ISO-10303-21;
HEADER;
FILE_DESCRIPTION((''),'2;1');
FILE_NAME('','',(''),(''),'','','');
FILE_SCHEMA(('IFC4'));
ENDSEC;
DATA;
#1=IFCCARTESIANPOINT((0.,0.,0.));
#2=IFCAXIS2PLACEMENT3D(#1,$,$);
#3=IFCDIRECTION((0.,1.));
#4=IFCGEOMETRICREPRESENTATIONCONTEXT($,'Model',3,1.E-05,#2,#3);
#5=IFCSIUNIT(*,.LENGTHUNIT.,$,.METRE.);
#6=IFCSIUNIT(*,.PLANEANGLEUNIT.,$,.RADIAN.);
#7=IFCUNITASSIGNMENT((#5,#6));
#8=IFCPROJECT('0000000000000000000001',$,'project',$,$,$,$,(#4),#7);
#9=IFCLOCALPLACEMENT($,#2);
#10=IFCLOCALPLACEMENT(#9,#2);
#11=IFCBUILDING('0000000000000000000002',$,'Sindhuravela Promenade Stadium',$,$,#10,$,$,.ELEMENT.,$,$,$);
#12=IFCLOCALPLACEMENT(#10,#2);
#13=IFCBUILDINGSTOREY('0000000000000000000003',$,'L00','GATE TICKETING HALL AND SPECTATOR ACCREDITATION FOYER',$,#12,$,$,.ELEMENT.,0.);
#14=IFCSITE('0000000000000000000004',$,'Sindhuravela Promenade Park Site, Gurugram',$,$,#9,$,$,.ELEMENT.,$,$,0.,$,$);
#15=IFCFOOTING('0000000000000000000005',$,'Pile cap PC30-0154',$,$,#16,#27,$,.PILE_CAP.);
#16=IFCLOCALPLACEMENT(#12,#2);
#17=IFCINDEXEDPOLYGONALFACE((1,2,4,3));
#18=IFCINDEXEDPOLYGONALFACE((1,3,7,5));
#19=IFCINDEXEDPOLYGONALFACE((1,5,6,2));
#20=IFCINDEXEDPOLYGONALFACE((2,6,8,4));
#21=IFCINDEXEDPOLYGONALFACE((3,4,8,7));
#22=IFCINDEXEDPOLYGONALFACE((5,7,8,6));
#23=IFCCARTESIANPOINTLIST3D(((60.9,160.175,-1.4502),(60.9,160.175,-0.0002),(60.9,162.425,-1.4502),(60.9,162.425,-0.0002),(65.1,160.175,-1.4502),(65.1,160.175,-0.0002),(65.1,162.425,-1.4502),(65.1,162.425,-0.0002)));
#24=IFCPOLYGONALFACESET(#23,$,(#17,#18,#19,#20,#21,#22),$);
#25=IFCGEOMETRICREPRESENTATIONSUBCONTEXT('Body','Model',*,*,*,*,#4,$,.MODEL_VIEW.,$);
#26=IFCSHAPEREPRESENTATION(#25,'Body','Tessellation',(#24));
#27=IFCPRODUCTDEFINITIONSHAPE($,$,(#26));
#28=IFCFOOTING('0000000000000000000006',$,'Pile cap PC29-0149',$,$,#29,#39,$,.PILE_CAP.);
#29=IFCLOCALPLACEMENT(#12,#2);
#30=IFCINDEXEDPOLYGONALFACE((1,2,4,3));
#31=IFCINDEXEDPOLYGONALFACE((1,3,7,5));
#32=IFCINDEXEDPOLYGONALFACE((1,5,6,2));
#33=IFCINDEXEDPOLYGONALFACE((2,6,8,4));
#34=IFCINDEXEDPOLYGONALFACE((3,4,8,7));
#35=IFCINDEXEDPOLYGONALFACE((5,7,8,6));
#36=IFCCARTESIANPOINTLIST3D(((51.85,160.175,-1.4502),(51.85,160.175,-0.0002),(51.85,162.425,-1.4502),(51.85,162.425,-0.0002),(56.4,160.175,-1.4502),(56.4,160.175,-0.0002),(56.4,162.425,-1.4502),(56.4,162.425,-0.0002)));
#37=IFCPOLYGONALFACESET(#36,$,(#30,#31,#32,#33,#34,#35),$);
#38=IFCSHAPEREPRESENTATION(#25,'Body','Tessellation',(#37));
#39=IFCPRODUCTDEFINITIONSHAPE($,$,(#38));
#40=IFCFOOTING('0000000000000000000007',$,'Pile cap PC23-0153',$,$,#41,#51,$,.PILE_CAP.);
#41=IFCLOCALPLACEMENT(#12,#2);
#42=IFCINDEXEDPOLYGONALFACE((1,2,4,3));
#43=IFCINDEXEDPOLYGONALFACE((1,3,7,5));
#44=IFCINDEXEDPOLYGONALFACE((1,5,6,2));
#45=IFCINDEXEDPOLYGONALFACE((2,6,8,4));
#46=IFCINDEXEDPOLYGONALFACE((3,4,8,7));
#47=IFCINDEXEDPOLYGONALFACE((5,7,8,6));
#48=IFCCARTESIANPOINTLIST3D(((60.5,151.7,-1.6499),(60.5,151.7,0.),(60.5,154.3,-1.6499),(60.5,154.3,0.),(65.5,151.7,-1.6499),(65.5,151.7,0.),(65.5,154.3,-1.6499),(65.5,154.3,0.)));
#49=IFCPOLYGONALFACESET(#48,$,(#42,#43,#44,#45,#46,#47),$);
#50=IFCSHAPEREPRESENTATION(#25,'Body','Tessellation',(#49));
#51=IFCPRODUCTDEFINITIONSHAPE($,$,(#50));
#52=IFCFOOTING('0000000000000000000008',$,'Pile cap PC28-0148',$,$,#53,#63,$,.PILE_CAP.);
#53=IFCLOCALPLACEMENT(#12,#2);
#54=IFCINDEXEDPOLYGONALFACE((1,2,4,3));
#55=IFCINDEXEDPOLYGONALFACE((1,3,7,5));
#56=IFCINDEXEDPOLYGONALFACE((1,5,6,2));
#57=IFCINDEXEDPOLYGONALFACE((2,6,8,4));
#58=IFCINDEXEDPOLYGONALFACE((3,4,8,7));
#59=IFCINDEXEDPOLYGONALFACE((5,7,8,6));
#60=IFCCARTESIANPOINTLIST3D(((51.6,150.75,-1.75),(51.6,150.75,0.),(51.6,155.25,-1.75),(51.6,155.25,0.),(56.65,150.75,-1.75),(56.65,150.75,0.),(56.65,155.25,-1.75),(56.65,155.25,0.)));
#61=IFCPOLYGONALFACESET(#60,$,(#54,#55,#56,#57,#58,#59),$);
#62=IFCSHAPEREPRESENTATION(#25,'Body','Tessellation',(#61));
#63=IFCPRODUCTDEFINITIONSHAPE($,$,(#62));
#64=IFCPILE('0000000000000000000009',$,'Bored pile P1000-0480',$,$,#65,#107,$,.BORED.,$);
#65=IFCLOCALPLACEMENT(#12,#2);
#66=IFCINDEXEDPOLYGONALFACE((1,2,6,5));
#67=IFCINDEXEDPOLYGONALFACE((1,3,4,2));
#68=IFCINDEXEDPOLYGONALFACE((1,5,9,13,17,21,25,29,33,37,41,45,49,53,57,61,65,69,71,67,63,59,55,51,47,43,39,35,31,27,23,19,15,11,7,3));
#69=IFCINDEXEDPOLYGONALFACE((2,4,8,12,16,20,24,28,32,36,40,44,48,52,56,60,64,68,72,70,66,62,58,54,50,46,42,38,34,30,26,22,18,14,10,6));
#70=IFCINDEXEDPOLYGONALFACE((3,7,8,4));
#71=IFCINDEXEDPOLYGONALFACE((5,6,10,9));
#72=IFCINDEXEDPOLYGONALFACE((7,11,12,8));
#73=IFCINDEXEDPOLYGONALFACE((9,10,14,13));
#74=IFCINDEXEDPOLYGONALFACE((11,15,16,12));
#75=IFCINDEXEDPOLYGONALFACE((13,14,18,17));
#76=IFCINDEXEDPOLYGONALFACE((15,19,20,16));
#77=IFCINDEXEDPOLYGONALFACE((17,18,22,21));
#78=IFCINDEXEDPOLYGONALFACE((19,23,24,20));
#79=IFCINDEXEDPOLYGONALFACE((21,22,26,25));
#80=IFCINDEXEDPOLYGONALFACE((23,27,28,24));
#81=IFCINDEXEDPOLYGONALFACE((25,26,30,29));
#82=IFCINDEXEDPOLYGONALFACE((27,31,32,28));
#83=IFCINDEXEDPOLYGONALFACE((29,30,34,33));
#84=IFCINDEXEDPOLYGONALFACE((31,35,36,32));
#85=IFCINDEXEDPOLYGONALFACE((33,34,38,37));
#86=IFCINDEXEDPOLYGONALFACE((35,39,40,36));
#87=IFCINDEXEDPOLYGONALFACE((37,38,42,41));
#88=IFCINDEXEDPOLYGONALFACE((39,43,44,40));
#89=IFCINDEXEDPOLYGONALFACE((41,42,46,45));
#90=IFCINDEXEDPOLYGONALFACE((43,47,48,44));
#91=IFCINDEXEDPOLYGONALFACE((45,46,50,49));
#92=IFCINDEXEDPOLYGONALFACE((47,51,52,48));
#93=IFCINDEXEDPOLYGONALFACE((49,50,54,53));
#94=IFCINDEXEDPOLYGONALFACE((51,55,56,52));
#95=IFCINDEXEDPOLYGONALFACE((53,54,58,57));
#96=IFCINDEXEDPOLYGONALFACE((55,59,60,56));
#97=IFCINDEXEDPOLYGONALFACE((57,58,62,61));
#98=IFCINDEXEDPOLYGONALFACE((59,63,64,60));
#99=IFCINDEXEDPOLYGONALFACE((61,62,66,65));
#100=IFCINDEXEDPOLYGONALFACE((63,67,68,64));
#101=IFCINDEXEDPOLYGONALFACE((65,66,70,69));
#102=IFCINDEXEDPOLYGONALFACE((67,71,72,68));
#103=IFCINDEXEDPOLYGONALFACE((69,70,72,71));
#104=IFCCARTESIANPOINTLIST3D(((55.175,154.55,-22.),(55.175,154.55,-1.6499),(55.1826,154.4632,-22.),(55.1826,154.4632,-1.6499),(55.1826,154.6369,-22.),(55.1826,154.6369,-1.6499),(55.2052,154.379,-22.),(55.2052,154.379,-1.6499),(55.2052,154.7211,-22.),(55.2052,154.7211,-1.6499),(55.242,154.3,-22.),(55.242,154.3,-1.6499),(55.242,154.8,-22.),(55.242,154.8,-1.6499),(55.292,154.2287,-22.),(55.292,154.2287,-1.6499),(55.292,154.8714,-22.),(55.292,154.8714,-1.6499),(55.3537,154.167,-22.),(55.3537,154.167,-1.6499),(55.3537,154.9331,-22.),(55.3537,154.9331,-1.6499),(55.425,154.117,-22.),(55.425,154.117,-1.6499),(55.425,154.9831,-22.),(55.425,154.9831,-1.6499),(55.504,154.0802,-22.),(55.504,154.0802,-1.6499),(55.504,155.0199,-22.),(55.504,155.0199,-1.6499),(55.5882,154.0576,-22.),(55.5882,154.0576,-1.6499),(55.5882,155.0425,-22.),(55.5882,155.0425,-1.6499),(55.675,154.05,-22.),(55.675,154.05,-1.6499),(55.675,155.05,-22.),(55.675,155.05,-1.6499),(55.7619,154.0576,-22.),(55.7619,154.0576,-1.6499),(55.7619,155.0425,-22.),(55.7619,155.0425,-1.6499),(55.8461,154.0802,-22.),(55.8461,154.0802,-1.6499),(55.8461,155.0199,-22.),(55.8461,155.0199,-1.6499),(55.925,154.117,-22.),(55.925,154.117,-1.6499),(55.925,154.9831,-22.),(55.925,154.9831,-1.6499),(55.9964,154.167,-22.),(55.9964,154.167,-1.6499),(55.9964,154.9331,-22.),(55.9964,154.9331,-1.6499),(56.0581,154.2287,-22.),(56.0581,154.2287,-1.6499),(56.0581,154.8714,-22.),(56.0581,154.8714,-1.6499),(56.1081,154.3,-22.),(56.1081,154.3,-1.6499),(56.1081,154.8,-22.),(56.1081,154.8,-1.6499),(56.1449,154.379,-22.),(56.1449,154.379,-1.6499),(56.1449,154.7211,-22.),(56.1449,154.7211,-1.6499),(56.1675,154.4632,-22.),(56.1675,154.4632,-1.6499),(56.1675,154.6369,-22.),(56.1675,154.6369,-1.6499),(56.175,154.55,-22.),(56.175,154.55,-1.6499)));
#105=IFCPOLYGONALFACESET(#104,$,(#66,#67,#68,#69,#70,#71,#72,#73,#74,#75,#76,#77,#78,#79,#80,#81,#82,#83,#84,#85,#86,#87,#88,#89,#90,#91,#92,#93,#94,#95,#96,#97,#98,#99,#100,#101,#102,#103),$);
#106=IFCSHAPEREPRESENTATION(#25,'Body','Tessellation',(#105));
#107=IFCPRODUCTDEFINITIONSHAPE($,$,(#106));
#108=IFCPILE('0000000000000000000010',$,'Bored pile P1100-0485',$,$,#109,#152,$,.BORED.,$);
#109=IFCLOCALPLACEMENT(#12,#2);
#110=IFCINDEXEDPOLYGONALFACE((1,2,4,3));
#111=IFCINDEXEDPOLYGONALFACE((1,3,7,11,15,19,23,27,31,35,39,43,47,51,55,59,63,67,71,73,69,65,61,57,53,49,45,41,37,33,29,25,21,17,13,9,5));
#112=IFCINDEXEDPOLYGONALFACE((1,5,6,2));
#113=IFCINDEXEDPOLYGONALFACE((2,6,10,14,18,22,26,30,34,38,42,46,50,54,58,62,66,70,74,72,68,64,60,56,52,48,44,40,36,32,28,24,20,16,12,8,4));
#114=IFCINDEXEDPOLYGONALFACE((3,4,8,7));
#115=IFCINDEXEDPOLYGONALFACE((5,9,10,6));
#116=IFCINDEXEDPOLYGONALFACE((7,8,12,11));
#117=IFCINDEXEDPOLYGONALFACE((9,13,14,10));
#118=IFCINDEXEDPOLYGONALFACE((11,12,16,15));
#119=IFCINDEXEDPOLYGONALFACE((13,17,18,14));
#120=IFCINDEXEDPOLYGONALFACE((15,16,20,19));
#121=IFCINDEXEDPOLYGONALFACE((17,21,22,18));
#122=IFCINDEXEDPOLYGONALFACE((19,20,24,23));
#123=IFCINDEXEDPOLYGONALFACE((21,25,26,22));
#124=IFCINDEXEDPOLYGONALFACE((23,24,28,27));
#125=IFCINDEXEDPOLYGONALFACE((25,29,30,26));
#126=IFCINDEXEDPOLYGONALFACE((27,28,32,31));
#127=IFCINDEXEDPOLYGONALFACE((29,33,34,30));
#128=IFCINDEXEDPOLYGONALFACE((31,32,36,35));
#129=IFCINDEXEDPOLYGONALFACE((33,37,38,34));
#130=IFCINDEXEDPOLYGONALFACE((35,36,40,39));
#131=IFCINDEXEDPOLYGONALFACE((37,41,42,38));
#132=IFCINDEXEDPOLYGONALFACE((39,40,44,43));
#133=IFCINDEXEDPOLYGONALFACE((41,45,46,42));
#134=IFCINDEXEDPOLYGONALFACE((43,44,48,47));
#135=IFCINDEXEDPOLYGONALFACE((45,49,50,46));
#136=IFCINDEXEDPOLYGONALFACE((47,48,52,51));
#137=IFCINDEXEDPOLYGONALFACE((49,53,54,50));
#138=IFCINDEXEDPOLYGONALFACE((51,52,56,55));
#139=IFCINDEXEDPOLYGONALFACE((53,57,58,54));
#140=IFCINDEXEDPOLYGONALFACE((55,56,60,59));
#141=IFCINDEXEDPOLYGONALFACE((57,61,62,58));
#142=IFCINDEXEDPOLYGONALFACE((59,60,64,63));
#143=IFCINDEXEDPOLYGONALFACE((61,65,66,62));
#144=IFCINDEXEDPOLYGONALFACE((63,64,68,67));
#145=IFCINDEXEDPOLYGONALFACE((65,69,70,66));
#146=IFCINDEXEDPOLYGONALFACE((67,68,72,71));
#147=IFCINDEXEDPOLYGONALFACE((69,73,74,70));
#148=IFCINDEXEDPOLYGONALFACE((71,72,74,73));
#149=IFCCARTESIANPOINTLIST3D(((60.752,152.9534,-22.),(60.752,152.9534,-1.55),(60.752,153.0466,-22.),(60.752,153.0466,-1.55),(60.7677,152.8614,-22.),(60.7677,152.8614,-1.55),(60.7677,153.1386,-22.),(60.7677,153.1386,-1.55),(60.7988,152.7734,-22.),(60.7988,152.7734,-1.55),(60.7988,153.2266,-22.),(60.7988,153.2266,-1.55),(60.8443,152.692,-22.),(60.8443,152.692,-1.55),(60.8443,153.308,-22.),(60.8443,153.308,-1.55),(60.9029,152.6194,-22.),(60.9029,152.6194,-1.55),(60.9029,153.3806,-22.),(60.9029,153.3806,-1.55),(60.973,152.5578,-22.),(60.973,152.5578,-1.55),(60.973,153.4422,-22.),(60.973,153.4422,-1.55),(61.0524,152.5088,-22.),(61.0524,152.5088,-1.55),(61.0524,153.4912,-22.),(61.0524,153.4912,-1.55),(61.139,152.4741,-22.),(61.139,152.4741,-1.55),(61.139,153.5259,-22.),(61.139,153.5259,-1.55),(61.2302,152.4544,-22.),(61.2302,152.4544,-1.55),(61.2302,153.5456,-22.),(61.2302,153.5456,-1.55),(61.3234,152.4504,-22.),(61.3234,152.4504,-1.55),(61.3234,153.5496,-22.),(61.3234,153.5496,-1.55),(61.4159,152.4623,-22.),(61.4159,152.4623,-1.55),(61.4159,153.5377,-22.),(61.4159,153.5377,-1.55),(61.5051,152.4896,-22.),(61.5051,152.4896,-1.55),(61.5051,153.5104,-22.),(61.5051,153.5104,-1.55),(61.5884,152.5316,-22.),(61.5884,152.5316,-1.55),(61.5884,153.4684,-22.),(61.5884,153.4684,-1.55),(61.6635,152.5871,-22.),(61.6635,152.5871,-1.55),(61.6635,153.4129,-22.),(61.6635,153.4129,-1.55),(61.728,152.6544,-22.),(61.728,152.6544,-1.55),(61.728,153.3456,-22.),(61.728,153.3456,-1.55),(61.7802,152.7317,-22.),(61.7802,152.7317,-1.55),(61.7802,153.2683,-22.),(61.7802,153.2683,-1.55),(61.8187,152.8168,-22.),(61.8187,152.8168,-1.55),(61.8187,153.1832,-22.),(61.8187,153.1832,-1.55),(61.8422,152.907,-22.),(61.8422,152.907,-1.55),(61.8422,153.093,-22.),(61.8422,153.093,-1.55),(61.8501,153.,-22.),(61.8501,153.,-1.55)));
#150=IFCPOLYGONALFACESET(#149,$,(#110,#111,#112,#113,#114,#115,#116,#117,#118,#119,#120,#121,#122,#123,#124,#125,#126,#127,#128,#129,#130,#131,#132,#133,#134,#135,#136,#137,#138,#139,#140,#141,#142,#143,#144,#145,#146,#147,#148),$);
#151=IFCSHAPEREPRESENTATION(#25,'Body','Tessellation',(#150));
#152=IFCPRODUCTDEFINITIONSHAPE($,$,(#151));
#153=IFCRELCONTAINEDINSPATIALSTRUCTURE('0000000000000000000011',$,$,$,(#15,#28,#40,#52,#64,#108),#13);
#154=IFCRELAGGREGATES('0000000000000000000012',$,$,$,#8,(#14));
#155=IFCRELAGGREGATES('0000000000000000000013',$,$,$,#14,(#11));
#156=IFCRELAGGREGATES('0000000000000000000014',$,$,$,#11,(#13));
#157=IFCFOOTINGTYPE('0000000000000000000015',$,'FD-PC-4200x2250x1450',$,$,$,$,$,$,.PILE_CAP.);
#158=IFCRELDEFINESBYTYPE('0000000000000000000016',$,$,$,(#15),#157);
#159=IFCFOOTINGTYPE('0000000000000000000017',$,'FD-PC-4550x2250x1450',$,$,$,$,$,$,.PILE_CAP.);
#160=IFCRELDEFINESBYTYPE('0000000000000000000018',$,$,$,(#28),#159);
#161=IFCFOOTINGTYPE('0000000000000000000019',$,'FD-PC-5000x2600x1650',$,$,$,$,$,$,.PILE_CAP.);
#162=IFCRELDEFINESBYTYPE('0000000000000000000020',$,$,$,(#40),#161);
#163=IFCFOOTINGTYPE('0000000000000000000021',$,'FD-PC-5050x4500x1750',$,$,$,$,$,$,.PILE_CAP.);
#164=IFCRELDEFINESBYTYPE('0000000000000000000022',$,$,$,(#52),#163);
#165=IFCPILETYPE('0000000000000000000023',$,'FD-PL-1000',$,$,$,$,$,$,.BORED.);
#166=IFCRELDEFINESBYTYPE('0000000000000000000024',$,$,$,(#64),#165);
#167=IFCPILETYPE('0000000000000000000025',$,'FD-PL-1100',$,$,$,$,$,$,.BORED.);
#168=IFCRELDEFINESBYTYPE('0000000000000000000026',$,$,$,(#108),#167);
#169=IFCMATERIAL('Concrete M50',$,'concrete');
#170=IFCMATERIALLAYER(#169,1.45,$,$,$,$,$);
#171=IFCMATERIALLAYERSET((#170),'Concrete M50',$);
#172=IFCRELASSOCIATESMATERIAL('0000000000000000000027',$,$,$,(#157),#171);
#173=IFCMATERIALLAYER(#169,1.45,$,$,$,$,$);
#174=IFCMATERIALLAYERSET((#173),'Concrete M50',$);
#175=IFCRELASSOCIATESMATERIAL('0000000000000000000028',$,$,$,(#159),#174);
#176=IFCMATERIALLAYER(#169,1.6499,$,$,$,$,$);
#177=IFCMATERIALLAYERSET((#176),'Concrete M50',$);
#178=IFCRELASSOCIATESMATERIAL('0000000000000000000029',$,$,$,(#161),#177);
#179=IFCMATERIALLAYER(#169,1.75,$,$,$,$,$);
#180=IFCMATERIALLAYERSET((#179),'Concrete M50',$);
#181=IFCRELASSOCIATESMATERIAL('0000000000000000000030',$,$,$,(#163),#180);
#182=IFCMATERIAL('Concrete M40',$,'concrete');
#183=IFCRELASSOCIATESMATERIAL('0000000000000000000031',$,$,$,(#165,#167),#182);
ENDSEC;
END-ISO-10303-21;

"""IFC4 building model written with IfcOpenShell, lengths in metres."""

from ifc_helpers import new_model, si_unit, direction, frame, origin, origin_2d, place, context, subcontext, project, spatial, rectangle, circle, extrude, material, layer, layer_set, material_profile, profile_set, type_object, element, save


model = new_model("IFC4")

# Units and contexts
model_context = context("Model", 3, precision=1e-05, world=origin(), true_north=direction((0.0, 1.0)))
body_context = subcontext(model_context, "Body", "Model", "MODEL_VIEW")
ifc_project = project(units=[si_unit("LENGTHUNIT", "METRE"), si_unit("PLANEANGLEUNIT", "RADIAN")], contexts=[model_context])

# Site, building, storey
site_placement = place(None, origin())
site = spatial("IfcSite", under=ifc_project, at=site_placement, Name="Sindhuravela Promenade Park Site, Gurugram", CompositionType="ELEMENT", RefElevation=0.0)
building_placement = place(site_placement, origin())
building = spatial("IfcBuilding", under=site, at=building_placement, Name="Sindhuravela Promenade Stadium", CompositionType="ELEMENT")
storey_placement = place(building_placement, origin())
storey = spatial("IfcBuildingStorey", under=building, at=storey_placement, Name="L00", Description="GATE TICKETING HALL AND SPECTATOR ACCREDITATION FOYER", CompositionType="ELEMENT", Elevation=0.0)

# Footings
ifc_material_1 = material(Name="Concrete M50", Category="concrete")
ifc_layer_1 = layer(ifc_material_1, 1.45)
ifc_layer_set_1 = layer_set([ifc_layer_1], Name="Concrete M50")
footing_type_1 = type_object("IfcFootingType", Name="FD-PC-4200x2250x1450", PredefinedType="PILE_CAP", material=ifc_layer_set_1)
footing_1_placement = place(storey_placement, frame((63.0, 161.3, -1.4502), z_axis=(0.0, 0.0, 1.0), x_axis=(1.0, 0.0, 0.0)))
element("IfcFooting", 1, at=footing_1_placement, inside=storey, type_object=footing_type_1, Name="Pile cap PC30-0154", PredefinedType="PILE_CAP", context=body_context, shape_type="SweptSolid", body=[
    extrude(rectangle(XDim=4.2, YDim=2.25, at=origin_2d()), origin(), (0.0, 0.0, 1.0), 1.45),
])
ifc_layer_2 = layer(ifc_material_1, 1.45)
ifc_layer_set_2 = layer_set([ifc_layer_2], Name="Concrete M50")
footing_type_2 = type_object("IfcFootingType", Name="FD-PC-4550x2250x1450", PredefinedType="PILE_CAP", material=ifc_layer_set_2)
footing_2_placement = place(storey_placement, frame((54.125, 161.3, -1.4502), z_axis=(0.0, 0.0, 1.0), x_axis=(1.0, 0.0, 0.0)))
element("IfcFooting", 2, at=footing_2_placement, inside=storey, type_object=footing_type_2, Name="Pile cap PC29-0149", PredefinedType="PILE_CAP", context=body_context, shape_type="SweptSolid", body=[
    extrude(rectangle(XDim=4.55, YDim=2.25, at=origin_2d()), origin(), (0.0, 0.0, 1.0), 1.45),
])
ifc_layer_3 = layer(ifc_material_1, 1.6499)
ifc_layer_set_3 = layer_set([ifc_layer_3], Name="Concrete M50")
footing_type_3 = type_object("IfcFootingType", Name="FD-PC-5000x2600x1650", PredefinedType="PILE_CAP", material=ifc_layer_set_3)
footing_3_placement = place(storey_placement, frame((63.0, 153.0, -1.6499), z_axis=(0.0, 0.0, 1.0), x_axis=(1.0, 0.0, 0.0)))
element("IfcFooting", 3, at=footing_3_placement, inside=storey, type_object=footing_type_3, Name="Pile cap PC23-0153", PredefinedType="PILE_CAP", context=body_context, shape_type="SweptSolid", body=[
    extrude(rectangle(XDim=5.0, YDim=2.6001, at=origin_2d()), origin(), (0.0, 0.0, 1.0), 1.6499),
])
ifc_layer_4 = layer(ifc_material_1, 1.75)
ifc_layer_set_4 = layer_set([ifc_layer_4], Name="Concrete M50")
footing_type_4 = type_object("IfcFootingType", Name="FD-PC-5050x4500x1750", PredefinedType="PILE_CAP", material=ifc_layer_set_4)
footing_4_placement = place(storey_placement, frame((54.125, 153.0, -1.75), z_axis=(0.0, 0.0, 1.0), x_axis=(1.0, 0.0, 0.0)))
element("IfcFooting", 4, at=footing_4_placement, inside=storey, type_object=footing_type_4, Name="Pile cap PC28-0148", PredefinedType="PILE_CAP", context=body_context, shape_type="SweptSolid", body=[
    extrude(rectangle(XDim=5.05, YDim=4.5, at=origin_2d()), origin(), (0.0, 0.0, 1.0), 1.75),
])

# Piles
ifc_material_2 = material(Name="Concrete M40", Category="concrete")
ifc_material_profile_1 = material_profile(ifc_material_2, circle(Radius=0.5, at=origin_2d()), Name="BORED PILE D1000")
ifc_profile_set_1 = profile_set([ifc_material_profile_1], Name="Concrete M40")
pile_type_1 = type_object("IfcPileType", Name="FD-PL-1000", PredefinedType="BORED", material=ifc_profile_set_1)
pile_placement = place(storey_placement, frame((55.675, 154.55, -1.6499), z_axis=(0.0, 0.0, -1.0), x_axis=(1.0, 0.0, 0.0)))
element("IfcPile", 5, at=pile_placement, inside=storey, type_object=pile_type_1, Name="Bored pile P1000-0480", PredefinedType="BORED", context=body_context, shape_type="SweptSolid", body=[
    extrude(circle(Radius=0.5, at=origin_2d()), origin(), (0.0, 0.0, 1.0), 20.3501),
])
ifc_material_profile_2 = material_profile(ifc_material_2, circle(Radius=0.55, at=origin_2d()), Name="BORED PILE D1100")
ifc_profile_set_2 = profile_set([ifc_material_profile_2], Name="Concrete M40")
pile_type_2 = type_object("IfcPileType", Name="FD-PL-1100", PredefinedType="BORED", material=ifc_profile_set_2)
for number, where, z_axis, x_axis, name in (
    (6, (61.3, 153.0, -1.55), (0.0, 0.0, -1.0), (1.0, 0.0, 0.0), "Bored pile P1100-0485"),
):
    element("IfcPile", number, at=place(storey_placement, frame(where, z_axis=z_axis, x_axis=x_axis)), inside=storey, type_object=pile_type_2, Name=name, PredefinedType="BORED", context=body_context, shape_type="SweptSolid", body=[
        extrude(circle(Radius=0.55, at=origin_2d()), origin(), (0.0, 0.0, 1.0), 20.45),
    ])

save(model, "model.ifc")
